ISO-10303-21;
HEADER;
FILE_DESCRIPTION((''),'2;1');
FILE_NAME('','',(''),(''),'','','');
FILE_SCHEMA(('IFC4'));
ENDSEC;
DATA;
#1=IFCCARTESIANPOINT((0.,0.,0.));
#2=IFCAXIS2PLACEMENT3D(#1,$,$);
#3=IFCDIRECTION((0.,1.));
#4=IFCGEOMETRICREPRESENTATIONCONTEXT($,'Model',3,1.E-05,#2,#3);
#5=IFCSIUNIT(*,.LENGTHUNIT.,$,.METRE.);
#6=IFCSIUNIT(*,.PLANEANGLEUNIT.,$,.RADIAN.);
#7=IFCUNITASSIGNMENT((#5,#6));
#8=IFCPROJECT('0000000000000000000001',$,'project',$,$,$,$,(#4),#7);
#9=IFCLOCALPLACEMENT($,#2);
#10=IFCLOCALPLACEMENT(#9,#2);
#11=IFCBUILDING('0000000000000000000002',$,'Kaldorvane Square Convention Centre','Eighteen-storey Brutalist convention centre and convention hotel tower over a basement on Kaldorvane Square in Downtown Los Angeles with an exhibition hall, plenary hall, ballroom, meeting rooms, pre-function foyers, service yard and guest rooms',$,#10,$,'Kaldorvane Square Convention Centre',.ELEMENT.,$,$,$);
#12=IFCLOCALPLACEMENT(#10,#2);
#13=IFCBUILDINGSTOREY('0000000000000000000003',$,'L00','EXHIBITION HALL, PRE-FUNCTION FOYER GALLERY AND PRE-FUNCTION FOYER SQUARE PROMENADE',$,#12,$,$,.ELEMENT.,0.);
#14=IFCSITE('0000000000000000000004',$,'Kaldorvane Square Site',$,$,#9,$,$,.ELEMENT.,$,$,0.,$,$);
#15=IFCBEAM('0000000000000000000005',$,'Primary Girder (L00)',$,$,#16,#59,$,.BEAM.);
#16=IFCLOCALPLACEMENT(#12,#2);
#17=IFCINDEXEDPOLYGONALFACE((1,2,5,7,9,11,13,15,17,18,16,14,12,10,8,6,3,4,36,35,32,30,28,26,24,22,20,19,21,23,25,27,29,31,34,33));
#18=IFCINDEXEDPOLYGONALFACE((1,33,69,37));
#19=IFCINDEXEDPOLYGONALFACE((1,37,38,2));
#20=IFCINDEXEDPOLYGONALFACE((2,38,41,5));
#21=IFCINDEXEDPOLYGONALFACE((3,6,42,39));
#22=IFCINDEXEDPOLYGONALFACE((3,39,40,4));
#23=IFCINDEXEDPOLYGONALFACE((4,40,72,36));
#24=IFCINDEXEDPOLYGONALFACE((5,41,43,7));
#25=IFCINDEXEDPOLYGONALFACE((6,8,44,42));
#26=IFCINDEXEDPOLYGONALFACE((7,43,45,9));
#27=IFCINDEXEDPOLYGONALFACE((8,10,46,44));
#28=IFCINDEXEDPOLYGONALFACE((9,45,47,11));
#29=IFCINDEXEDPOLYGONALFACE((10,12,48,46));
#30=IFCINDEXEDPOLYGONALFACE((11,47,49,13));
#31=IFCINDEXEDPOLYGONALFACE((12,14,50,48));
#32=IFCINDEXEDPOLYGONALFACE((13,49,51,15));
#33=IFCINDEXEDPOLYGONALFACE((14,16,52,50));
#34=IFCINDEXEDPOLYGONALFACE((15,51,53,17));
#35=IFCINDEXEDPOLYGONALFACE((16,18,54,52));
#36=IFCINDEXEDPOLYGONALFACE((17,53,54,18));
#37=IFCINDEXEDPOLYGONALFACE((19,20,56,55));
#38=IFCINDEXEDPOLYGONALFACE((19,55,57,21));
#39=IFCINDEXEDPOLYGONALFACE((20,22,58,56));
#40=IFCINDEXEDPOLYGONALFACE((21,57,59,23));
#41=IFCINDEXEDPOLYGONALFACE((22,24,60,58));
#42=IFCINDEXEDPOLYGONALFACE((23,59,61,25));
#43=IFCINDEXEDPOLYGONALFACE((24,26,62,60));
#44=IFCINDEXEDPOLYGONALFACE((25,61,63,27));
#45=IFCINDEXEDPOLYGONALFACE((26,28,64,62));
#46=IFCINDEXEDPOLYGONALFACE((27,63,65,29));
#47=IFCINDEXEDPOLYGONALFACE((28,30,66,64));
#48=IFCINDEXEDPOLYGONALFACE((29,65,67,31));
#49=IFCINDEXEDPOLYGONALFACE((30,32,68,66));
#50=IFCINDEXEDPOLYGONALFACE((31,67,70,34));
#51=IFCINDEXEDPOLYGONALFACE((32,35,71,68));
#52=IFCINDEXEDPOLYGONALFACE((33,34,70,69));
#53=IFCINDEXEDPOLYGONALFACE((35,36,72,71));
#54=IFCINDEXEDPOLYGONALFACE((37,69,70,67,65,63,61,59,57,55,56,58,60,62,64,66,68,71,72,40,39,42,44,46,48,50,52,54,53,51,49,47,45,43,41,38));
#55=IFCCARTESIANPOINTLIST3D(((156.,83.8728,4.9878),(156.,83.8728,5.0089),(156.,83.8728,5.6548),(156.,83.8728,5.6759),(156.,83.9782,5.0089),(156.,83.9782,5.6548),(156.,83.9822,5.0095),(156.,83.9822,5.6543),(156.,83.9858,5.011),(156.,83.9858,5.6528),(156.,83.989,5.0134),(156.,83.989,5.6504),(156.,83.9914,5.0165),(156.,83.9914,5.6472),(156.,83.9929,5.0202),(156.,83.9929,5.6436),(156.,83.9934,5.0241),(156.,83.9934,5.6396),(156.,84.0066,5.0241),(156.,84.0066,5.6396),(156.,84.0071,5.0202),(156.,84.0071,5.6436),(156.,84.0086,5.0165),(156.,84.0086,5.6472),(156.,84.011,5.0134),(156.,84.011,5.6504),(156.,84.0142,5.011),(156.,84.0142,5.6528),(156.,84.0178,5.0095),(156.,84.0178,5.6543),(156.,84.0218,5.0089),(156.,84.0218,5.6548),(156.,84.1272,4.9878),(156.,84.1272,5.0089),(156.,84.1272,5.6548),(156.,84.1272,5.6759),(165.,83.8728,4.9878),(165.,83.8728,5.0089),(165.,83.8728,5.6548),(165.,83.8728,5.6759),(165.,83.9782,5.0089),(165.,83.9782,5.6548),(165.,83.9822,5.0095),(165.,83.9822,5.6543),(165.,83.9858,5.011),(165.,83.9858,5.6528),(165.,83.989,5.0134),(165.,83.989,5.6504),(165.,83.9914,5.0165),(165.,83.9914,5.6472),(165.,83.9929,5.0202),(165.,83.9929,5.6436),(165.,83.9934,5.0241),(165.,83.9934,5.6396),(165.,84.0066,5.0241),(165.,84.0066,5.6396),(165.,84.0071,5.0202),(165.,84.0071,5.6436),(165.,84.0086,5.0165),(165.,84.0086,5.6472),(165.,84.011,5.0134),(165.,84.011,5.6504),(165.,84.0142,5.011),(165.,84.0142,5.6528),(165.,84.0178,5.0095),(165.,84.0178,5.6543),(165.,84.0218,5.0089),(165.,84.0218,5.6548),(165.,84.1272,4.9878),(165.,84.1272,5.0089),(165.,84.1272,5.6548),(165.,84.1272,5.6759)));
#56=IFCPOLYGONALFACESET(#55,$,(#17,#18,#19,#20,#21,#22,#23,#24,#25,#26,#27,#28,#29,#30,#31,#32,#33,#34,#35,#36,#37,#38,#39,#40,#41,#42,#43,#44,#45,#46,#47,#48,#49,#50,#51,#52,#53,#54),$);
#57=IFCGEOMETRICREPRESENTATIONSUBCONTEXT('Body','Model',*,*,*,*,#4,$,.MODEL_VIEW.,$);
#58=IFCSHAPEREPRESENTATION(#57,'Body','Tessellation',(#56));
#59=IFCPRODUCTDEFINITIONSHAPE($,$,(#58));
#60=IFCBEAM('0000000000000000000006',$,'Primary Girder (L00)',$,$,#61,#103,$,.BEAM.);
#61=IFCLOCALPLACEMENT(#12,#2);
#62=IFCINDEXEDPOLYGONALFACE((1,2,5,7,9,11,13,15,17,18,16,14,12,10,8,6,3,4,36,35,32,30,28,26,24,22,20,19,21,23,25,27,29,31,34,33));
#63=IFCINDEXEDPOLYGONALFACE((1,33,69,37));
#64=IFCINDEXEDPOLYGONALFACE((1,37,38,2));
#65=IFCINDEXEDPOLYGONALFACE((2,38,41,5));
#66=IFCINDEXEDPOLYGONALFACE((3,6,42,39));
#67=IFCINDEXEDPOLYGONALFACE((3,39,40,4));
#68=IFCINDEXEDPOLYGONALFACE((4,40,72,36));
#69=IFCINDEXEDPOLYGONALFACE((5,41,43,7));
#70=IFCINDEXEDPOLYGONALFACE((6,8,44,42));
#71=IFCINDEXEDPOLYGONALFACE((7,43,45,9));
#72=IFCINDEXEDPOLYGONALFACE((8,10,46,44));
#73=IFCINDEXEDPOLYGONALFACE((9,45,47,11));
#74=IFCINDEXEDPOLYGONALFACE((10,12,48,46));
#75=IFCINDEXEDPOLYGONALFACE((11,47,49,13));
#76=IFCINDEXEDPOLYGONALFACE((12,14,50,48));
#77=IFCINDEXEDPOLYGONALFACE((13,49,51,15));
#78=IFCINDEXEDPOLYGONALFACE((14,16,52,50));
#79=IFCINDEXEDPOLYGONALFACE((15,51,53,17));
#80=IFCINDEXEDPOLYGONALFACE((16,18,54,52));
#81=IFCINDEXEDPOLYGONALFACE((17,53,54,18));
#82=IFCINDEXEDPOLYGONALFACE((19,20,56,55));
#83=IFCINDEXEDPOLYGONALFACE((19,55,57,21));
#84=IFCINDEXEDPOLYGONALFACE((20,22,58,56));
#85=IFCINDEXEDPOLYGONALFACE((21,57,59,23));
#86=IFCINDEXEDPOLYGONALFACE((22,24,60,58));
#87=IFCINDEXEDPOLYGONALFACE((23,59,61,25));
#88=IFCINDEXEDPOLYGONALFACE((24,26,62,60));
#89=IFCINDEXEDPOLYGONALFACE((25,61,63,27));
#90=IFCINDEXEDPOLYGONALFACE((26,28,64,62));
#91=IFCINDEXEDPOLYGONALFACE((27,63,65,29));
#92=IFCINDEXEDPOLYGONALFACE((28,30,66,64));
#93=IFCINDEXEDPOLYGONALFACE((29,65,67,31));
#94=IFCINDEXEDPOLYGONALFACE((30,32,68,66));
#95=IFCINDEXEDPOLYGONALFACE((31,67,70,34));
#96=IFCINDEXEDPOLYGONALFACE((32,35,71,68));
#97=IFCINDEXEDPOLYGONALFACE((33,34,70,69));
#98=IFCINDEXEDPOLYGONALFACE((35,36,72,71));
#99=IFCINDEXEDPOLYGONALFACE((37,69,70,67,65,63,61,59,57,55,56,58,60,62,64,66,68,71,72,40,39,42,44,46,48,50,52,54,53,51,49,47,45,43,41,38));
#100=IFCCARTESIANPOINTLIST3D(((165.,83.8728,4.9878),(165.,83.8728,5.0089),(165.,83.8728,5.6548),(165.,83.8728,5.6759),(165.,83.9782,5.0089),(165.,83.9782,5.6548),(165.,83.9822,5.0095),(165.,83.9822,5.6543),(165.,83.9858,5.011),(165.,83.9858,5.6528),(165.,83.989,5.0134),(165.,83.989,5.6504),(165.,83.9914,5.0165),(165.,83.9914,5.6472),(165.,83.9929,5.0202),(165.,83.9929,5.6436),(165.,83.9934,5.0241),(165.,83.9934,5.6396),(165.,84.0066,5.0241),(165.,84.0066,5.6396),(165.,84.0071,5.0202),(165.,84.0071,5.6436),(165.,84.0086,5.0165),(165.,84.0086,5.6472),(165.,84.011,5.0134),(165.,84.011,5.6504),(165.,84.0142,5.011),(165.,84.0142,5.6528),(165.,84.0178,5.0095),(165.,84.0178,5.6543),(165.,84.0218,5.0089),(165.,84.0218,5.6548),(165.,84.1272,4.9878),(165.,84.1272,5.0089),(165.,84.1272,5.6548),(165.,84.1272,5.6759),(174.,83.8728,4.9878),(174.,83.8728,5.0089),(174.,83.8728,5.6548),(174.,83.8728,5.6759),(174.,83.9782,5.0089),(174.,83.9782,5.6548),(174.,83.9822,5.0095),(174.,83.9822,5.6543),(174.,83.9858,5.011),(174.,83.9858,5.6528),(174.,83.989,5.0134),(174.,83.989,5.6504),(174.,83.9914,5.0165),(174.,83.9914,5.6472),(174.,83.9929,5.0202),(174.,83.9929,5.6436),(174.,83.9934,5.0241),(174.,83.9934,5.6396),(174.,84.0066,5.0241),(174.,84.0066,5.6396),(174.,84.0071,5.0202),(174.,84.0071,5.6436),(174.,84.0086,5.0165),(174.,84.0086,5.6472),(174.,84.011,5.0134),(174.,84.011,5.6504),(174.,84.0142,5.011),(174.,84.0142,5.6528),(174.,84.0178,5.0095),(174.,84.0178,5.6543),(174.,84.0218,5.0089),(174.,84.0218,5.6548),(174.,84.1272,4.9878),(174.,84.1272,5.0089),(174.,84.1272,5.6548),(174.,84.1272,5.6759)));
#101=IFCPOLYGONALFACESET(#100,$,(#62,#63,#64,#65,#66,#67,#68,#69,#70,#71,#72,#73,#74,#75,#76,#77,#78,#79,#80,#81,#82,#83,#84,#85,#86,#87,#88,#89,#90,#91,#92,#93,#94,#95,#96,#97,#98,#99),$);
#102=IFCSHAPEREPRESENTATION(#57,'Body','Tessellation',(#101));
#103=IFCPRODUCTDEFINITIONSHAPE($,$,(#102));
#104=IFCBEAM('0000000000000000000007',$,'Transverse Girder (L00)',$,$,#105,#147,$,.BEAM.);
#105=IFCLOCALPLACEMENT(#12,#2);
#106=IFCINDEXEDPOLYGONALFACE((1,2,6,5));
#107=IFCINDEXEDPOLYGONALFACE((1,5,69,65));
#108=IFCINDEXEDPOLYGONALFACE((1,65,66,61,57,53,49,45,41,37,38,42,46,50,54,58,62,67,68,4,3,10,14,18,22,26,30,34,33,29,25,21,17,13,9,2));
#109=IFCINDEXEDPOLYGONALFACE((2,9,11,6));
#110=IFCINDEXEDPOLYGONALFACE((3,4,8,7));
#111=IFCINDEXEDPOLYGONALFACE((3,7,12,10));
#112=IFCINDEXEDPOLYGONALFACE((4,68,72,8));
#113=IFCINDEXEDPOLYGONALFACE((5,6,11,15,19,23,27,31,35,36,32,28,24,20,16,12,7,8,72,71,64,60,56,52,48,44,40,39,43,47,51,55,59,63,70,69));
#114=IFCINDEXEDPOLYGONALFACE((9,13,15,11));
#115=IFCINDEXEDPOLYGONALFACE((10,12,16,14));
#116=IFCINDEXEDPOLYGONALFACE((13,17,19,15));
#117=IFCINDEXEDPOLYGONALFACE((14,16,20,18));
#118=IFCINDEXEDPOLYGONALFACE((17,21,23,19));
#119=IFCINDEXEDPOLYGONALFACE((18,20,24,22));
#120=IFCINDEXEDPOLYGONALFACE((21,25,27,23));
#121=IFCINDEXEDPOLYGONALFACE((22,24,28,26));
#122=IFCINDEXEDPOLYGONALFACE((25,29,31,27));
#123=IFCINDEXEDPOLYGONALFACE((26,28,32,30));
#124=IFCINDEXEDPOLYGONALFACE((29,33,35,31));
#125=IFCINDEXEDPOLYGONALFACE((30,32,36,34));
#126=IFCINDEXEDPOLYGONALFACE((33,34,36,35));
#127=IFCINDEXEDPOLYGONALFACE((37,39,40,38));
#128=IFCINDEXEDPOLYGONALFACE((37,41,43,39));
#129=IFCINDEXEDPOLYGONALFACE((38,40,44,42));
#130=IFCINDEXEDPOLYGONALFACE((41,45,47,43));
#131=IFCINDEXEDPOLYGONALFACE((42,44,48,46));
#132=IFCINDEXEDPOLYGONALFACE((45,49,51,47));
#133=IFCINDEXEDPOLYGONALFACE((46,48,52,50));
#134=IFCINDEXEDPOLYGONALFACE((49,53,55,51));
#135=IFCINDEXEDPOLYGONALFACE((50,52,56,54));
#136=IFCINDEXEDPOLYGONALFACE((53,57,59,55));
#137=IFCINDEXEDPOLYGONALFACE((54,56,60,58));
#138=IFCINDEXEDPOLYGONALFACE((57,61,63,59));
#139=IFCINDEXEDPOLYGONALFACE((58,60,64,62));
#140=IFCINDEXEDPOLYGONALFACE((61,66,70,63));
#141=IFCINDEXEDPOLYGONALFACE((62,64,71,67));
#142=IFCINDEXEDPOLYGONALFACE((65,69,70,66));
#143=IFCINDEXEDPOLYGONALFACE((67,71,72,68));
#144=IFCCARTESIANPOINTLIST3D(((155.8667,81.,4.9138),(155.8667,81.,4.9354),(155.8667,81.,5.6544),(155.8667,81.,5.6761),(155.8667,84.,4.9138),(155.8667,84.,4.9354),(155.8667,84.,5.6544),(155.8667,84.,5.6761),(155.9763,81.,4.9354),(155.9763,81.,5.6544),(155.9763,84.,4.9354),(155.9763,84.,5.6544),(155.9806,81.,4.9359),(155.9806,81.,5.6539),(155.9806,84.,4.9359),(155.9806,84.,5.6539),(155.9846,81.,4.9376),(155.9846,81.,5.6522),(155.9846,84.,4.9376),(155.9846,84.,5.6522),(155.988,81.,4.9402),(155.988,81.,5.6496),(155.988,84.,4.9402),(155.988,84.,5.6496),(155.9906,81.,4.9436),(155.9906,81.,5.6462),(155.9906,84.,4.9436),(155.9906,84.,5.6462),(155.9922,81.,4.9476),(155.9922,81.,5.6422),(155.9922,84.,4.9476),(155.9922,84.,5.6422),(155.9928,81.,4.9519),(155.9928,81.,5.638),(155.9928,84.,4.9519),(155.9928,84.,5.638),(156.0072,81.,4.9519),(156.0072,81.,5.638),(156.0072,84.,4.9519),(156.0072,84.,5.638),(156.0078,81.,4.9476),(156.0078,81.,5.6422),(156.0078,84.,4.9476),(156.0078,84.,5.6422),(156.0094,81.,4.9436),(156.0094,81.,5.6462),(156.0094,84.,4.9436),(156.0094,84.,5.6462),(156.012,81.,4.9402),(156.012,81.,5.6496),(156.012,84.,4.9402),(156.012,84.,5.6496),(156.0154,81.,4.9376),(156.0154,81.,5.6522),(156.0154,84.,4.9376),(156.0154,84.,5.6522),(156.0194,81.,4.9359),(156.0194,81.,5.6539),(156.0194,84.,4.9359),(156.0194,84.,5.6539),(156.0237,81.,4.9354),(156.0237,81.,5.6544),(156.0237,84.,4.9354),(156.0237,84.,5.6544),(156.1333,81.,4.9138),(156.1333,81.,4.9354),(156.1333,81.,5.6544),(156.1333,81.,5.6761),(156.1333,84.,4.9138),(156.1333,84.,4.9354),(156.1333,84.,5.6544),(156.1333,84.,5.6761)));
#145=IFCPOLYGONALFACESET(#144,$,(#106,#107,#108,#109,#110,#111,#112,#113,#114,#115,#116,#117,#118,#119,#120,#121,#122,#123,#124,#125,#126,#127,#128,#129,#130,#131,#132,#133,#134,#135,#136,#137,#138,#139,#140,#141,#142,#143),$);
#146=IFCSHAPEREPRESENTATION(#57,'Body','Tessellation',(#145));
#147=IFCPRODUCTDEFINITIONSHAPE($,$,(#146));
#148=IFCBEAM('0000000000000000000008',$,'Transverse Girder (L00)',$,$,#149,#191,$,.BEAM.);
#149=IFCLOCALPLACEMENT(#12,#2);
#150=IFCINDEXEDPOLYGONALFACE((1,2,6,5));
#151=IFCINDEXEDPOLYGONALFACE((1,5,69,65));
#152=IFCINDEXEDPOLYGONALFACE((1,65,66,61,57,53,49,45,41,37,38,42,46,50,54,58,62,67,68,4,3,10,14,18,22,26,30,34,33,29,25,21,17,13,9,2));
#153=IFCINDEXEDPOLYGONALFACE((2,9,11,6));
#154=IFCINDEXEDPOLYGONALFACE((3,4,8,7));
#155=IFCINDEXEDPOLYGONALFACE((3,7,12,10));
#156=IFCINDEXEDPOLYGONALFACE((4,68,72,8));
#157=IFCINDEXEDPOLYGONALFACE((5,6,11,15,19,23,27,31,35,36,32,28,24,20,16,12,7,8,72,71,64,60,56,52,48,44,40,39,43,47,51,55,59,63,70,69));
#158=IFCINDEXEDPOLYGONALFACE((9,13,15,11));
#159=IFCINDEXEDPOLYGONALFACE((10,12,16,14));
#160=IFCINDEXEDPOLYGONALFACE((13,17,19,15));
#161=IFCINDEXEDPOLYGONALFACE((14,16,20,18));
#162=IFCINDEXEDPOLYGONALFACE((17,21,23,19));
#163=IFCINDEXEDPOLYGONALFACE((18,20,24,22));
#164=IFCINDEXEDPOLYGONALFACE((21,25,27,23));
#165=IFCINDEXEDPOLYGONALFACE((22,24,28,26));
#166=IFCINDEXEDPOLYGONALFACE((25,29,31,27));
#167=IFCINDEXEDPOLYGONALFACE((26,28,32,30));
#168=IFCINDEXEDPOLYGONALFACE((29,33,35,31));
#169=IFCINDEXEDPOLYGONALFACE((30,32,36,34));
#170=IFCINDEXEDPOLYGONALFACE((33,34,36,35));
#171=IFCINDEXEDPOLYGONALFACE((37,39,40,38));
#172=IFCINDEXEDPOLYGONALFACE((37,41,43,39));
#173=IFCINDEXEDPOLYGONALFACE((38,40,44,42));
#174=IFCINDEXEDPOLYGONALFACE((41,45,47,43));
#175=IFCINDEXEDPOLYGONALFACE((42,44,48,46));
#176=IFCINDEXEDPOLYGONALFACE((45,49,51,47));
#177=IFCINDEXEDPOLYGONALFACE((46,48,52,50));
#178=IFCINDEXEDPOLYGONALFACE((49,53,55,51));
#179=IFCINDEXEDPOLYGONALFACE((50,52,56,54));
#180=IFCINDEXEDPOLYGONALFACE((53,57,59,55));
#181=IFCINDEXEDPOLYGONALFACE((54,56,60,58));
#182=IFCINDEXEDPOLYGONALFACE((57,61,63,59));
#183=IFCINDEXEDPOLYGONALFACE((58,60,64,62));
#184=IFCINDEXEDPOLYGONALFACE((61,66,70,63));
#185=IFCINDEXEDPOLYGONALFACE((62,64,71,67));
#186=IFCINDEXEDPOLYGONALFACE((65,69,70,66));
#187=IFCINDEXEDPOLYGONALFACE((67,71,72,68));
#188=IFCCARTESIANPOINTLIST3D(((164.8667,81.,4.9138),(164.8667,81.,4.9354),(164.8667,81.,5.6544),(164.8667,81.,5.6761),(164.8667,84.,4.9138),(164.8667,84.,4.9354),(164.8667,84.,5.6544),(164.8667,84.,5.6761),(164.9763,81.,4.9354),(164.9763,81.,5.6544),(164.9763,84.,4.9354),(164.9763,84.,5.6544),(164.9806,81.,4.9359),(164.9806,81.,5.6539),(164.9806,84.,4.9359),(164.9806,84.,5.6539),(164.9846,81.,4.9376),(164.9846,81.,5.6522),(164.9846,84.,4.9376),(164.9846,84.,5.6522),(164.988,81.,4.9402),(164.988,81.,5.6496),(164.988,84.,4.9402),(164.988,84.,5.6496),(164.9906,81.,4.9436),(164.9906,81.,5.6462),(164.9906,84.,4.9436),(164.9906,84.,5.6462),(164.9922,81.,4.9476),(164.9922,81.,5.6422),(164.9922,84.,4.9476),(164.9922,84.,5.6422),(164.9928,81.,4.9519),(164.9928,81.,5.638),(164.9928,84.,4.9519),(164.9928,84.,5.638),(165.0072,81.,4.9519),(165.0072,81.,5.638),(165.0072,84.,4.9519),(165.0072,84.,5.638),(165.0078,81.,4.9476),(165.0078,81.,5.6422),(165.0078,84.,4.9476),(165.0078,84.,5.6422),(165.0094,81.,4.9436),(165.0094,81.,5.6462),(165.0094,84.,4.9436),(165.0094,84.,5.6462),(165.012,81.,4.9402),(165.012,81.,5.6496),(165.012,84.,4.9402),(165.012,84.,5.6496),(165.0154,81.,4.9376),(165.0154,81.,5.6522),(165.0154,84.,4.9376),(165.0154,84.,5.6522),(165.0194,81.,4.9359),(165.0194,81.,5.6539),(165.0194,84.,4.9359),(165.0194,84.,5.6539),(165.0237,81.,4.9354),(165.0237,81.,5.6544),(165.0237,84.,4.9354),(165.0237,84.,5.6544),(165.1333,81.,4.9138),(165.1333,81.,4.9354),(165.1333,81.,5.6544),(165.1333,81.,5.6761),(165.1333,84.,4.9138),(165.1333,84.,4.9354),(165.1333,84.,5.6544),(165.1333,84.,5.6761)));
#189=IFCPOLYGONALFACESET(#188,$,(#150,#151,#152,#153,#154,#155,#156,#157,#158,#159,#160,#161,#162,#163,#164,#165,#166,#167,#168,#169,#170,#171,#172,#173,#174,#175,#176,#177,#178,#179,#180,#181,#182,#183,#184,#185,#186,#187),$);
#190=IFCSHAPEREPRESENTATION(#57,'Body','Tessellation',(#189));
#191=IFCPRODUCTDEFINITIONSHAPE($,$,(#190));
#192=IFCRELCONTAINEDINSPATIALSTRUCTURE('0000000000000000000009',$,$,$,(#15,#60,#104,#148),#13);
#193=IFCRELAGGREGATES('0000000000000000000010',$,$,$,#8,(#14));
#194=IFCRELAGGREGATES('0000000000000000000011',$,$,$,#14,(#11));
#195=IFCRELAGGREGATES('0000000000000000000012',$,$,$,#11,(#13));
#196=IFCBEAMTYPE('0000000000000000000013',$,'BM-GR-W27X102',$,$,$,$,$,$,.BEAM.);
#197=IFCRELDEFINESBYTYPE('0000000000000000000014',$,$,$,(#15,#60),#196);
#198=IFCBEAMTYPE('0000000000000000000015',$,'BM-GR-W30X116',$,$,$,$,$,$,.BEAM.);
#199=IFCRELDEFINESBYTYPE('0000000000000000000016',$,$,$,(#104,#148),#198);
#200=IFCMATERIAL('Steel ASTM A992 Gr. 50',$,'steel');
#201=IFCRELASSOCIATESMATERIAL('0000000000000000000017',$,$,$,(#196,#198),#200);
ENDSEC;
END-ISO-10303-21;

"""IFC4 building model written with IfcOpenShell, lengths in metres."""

from ifc_helpers import new_model, si_unit, direction, frame, origin, origin_2d, place, context, subcontext, project, spatial, i_section, extrude, material, material_profile, profile_set, type_object, element, save


model = new_model("IFC4")

# Units and contexts
model_context = context("Model", 3, precision=1e-05, world=origin(), true_north=direction((0.0, 1.0)))
body_context = subcontext(model_context, "Body", "Model", "MODEL_VIEW")
ifc_project = project(units=[si_unit("LENGTHUNIT", "METRE"), si_unit("PLANEANGLEUNIT", "RADIAN")], contexts=[model_context])

# Site, building, storey
site_placement = place(None, origin())
site = spatial("IfcSite", under=ifc_project, at=site_placement, Name="Kaldorvane Square Site", CompositionType="ELEMENT", RefElevation=0.0)
building_placement = place(site_placement, origin())
building = spatial("IfcBuilding", under=site, at=building_placement, Name="Kaldorvane Square Convention Centre", Description="Eighteen-storey Brutalist convention centre and convention hotel tower over a basement on Kaldorvane Square in Downtown Los Angeles with an exhibition hall, plenary hall, ballroom, meeting rooms, pre-function foyers, service yard and guest rooms", LongName="Kaldorvane Square Convention Centre", CompositionType="ELEMENT")
storey_placement = place(building_placement, origin())
storey = spatial("IfcBuildingStorey", under=building, at=storey_placement, Name="L00", Description="EXHIBITION HALL, PRE-FUNCTION FOYER GALLERY AND PRE-FUNCTION FOYER SQUARE PROMENADE", CompositionType="ELEMENT", Elevation=0.0)

# Shared definitions
ifc_material_1 = material(Name="Steel ASTM A992 Gr. 50", Category="steel")

# Beams
ifc_material_profile_1 = material_profile(ifc_material_1, i_section(OverallWidth=0.2544, OverallDepth=0.6881, WebThickness=0.0131, FlangeThickness=0.0211, FilletRadius=0.0152, at=origin_2d()), Name="W27X102")
ifc_profile_set_1 = profile_set([ifc_material_profile_1], Name="Steel ASTM A992 Gr. 50")
beam_type_1 = type_object("IfcBeamType", Name="BM-GR-W27X102", PredefinedType="BEAM", material=ifc_profile_set_1)
for number, where, z_axis, x_axis, name in (
    (1, (156.0, 84.0, 5.3319), (1.0, 0.0, 0.0), (0.0, 1.0, 0.0), "Primary Girder (L00)"),
    (2, (165.0, 84.0, 5.3319), (1.0, 0.0, 0.0), (0.0, 1.0, 0.0), "Primary Girder (L00)"),
):
    element("IfcBeam", number, at=place(storey_placement, frame(where, z_axis=z_axis, x_axis=x_axis)), inside=storey, type_object=beam_type_1, Name=name, PredefinedType="BEAM", context=body_context, shape_type="SweptSolid", body=[
        extrude(i_section(OverallWidth=0.2544, OverallDepth=0.6881, WebThickness=0.0131, FlangeThickness=0.0211, FilletRadius=0.0152, at=origin_2d()), origin(), (0.0, 0.0, 1.0), 9.0),
    ])
ifc_material_profile_2 = material_profile(ifc_material_1, i_section(OverallWidth=0.2666, OverallDepth=0.7623, WebThickness=0.0144, FlangeThickness=0.0216, FilletRadius=0.0165, at=origin_2d()), Name="W30X116")
ifc_profile_set_2 = profile_set([ifc_material_profile_2], Name="Steel ASTM A992 Gr. 50")
beam_type_2 = type_object("IfcBeamType", Name="BM-GR-W30X116", PredefinedType="BEAM", material=ifc_profile_set_2)
for number, where, z_axis, x_axis, name in (
    (3, (156.0, 81.0, 5.2949), (0.0, 1.0, 0.0), (-1.0, 0.0, 0.0), "Transverse Girder (L00)"),
    (4, (165.0, 81.0, 5.2949), (0.0, 1.0, 0.0), (-1.0, 0.0, 0.0), "Transverse Girder (L00)"),
):
    element("IfcBeam", number, at=place(storey_placement, frame(where, z_axis=z_axis, x_axis=x_axis)), inside=storey, type_object=beam_type_2, Name=name, PredefinedType="BEAM", context=body_context, shape_type="SweptSolid", body=[
        extrude(i_section(OverallWidth=0.2666, OverallDepth=0.7623, WebThickness=0.0144, FlangeThickness=0.0216, FilletRadius=0.0165, at=origin_2d()), origin(), (0.0, 0.0, 1.0), 3.0),
    ])

save(model, "model.ifc")
